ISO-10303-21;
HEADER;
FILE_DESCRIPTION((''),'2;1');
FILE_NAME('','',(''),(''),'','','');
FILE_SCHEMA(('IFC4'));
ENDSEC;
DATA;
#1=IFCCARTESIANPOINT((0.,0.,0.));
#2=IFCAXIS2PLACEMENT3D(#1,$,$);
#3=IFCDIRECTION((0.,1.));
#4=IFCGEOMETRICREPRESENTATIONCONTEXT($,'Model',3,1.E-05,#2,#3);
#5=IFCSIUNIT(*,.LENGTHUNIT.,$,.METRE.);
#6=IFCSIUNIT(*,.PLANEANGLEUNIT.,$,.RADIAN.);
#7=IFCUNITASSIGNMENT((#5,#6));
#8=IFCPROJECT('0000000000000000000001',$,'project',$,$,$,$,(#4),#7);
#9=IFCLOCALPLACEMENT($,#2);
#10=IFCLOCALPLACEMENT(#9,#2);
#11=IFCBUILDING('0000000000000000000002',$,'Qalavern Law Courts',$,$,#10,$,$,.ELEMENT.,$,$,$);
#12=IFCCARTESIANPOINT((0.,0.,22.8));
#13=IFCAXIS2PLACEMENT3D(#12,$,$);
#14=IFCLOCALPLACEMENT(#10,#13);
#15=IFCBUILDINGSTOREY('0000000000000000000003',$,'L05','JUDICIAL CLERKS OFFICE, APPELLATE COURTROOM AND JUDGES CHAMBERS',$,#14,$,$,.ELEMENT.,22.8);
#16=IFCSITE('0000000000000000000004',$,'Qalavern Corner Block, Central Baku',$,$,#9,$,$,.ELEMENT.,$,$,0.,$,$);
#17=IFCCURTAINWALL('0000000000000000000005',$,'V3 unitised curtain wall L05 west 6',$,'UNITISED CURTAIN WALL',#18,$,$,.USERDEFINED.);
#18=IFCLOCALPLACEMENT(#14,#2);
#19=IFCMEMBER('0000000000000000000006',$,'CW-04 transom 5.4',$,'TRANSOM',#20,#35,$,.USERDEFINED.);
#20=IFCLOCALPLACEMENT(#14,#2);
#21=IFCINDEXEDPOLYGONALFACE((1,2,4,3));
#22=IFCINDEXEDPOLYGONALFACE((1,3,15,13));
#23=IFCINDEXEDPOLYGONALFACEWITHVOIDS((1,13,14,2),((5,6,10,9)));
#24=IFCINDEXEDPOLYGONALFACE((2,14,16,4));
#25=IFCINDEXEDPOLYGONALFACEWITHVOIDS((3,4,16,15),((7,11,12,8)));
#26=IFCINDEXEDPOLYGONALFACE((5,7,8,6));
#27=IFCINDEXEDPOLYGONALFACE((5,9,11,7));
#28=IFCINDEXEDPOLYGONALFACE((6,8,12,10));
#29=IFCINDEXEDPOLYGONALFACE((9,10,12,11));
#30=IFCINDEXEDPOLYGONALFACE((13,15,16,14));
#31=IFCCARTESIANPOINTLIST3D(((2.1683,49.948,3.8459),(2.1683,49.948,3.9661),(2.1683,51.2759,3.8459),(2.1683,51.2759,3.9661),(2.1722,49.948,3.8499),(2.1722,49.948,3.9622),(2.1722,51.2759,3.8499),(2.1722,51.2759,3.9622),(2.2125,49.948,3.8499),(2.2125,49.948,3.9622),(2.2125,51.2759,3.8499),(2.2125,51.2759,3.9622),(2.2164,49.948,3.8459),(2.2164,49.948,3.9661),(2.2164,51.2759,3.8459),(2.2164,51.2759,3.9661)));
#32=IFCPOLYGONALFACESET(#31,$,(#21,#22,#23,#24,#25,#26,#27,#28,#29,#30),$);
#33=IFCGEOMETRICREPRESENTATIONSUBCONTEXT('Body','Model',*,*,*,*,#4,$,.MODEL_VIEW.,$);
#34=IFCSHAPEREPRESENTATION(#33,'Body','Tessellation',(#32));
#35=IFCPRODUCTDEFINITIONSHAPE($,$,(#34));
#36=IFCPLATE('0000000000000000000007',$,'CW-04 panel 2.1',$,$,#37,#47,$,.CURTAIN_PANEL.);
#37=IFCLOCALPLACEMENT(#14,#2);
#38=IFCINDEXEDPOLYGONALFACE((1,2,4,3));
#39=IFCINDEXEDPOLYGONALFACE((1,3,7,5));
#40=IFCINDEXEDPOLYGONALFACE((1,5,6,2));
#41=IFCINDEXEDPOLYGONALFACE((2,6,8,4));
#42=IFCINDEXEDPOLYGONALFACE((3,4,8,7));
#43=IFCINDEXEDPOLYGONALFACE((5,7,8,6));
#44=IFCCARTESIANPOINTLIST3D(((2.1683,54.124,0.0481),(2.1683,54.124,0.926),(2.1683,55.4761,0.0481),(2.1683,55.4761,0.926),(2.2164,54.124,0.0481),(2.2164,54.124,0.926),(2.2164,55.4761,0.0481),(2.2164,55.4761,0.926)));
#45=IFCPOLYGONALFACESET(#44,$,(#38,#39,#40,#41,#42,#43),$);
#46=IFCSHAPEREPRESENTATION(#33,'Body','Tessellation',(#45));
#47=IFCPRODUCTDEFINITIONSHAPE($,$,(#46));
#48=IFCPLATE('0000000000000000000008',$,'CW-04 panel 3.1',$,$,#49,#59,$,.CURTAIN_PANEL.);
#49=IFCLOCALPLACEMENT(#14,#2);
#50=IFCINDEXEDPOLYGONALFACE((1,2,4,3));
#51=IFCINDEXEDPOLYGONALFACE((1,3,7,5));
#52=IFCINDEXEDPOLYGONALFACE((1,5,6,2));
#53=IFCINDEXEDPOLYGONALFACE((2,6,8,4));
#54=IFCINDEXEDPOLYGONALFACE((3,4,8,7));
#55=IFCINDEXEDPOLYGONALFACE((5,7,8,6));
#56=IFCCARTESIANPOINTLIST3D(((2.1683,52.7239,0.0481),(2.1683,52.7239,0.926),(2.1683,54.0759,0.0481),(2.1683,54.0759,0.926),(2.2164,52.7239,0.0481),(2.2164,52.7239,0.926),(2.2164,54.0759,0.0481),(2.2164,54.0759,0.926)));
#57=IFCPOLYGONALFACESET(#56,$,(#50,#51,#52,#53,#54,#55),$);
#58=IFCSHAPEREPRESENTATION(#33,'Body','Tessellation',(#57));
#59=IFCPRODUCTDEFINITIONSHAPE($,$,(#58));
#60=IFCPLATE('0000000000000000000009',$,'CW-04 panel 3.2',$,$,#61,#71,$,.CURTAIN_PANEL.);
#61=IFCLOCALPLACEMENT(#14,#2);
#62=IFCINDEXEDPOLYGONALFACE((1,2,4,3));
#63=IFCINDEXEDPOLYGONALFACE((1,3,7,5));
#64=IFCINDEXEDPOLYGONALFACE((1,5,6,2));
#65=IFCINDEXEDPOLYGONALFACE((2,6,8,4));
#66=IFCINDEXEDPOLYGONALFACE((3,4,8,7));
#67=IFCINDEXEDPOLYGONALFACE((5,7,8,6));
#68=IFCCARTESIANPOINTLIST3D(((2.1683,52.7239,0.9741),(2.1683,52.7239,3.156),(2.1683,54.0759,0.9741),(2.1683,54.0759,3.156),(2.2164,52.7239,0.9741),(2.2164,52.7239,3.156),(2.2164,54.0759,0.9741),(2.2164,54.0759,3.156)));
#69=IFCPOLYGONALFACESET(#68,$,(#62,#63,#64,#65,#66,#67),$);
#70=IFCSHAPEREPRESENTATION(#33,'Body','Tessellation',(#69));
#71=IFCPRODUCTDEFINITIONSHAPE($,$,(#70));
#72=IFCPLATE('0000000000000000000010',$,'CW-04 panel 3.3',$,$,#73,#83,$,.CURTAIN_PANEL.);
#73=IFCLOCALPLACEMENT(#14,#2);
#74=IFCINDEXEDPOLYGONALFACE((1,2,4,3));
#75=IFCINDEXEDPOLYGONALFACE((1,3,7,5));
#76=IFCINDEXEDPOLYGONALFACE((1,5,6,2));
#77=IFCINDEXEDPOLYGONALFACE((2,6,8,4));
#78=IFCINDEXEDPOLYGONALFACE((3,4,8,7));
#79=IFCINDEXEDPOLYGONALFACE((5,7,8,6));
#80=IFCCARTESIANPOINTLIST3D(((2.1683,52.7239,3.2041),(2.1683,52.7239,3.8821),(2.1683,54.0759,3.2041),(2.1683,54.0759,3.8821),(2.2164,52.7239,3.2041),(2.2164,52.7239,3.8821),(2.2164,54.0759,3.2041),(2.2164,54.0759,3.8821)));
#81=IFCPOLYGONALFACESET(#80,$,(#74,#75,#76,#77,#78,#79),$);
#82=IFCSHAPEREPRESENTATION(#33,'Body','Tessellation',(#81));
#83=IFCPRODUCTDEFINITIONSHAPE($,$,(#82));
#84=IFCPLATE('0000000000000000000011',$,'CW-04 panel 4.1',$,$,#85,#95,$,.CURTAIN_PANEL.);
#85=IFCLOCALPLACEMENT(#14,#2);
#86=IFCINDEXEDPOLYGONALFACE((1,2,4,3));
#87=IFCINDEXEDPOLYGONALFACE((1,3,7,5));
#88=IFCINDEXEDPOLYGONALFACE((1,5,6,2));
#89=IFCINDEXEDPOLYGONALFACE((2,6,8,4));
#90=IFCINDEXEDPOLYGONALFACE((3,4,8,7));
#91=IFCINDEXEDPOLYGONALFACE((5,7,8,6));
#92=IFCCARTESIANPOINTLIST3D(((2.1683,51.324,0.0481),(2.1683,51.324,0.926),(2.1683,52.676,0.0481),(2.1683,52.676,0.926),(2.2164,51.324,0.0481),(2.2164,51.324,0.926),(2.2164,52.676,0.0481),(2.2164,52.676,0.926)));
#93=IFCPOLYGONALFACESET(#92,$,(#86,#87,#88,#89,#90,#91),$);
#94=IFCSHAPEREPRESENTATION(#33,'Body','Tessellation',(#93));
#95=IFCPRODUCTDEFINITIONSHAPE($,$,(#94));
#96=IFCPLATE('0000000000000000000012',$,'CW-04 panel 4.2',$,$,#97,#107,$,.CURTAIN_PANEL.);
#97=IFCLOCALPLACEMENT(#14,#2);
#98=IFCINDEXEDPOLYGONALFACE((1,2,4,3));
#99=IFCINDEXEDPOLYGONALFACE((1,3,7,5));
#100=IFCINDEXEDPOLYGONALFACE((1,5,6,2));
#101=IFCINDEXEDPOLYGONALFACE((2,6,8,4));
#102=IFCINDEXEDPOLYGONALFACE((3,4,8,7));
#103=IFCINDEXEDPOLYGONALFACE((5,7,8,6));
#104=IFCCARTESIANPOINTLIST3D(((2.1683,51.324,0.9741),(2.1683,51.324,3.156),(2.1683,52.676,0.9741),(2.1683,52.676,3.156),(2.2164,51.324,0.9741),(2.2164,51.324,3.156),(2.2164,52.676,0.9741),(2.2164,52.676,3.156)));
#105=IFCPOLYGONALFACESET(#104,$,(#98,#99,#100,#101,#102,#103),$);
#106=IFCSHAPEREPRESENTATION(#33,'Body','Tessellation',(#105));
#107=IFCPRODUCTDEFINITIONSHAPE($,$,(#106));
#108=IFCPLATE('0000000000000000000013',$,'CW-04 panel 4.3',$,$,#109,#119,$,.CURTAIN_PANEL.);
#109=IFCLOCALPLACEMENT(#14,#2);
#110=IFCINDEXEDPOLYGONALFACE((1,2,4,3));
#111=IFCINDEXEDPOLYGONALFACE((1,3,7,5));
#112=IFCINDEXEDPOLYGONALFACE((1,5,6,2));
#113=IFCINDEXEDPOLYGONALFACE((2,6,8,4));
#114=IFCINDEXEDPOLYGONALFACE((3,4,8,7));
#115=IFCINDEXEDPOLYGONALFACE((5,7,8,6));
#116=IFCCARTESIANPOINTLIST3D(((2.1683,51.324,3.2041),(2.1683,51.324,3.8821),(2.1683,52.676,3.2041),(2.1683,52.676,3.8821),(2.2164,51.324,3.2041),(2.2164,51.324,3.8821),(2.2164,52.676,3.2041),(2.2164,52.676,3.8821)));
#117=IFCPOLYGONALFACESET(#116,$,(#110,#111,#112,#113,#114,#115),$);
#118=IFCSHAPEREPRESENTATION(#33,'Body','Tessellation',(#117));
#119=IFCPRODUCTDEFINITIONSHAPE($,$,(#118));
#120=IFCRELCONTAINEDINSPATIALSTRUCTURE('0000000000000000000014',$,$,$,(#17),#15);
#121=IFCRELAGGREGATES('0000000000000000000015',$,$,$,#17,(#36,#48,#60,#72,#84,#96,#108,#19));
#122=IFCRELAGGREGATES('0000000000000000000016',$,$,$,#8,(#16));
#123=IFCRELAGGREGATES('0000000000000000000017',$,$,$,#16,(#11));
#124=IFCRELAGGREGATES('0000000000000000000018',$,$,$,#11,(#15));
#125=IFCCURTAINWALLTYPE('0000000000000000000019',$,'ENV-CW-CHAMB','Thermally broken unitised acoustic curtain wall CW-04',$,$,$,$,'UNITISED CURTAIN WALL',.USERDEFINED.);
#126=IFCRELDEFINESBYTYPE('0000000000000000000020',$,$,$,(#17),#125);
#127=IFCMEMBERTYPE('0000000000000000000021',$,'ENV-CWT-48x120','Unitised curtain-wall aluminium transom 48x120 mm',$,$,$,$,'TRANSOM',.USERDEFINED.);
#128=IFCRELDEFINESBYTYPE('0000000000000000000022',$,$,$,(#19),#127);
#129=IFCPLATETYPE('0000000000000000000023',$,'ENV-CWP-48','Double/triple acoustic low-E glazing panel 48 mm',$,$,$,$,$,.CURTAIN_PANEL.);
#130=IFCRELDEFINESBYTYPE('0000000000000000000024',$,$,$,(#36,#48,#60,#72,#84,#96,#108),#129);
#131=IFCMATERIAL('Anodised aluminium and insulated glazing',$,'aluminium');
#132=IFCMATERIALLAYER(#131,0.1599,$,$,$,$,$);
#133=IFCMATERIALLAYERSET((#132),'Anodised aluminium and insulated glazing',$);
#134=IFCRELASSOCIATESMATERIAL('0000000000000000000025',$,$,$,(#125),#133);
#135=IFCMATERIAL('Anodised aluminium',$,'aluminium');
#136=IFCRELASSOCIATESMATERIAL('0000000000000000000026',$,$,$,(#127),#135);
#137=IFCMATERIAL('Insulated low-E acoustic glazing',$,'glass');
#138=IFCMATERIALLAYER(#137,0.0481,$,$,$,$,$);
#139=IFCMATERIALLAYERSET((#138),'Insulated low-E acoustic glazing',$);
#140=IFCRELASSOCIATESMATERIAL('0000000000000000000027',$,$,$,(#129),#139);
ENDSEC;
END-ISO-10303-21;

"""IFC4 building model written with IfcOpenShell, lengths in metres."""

from ifc_helpers import new_model, si_unit, direction, frame, origin, origin_2d, place, context, subcontext, project, spatial, rectangle, hollow_rectangle, extrude, material, layer, layer_set, material_profile, profile_set, type_object, element, aggregate, save


model = new_model("IFC4")

# Units and contexts
model_context = context("Model", 3, precision=1e-05, world=origin(), true_north=direction((0.0, 1.0)))
body_context = subcontext(model_context, "Body", "Model", "MODEL_VIEW")
ifc_project = project(units=[si_unit("LENGTHUNIT", "METRE"), si_unit("PLANEANGLEUNIT", "RADIAN")], contexts=[model_context])

# Site, building, storey
site_placement = place(None, origin())
site = spatial("IfcSite", under=ifc_project, at=site_placement, Name="Qalavern Corner Block, Central Baku", CompositionType="ELEMENT", RefElevation=0.0)
building_placement = place(site_placement, origin())
building = spatial("IfcBuilding", under=site, at=building_placement, Name="Qalavern Law Courts", CompositionType="ELEMENT")
storey_placement = place(building_placement, frame((0.0, 0.0, 22.8)))
storey = spatial("IfcBuildingStorey", under=building, at=storey_placement, Name="L05", Description="JUDICIAL CLERKS OFFICE, APPELLATE COURTROOM AND JUDGES CHAMBERS", CompositionType="ELEMENT", Elevation=22.8)

# Curtain wall, member, plates
ifc_material_1 = material(Name="Anodised aluminium and insulated glazing", Category="aluminium")
ifc_layer_1 = layer(ifc_material_1, 0.1599)
ifc_layer_set_1 = layer_set([ifc_layer_1], Name="Anodised aluminium and insulated glazing")
curtain_wall_type = type_object("IfcCurtainWallType", Name="ENV-CW-CHAMB", Description="Thermally broken unitised acoustic curtain wall CW-04", ElementType="UNITISED CURTAIN WALL", PredefinedType="USERDEFINED", material=ifc_layer_set_1)
curtain_wall_placement = place(storey_placement, origin())
curtain_wall = element("IfcCurtainWall", 1, at=curtain_wall_placement, inside=storey, type_object=curtain_wall_type, Name="V3 unitised curtain wall L05 west 6", ObjectType="UNITISED CURTAIN WALL", PredefinedType="USERDEFINED")
ifc_material_2 = material(Name="Anodised aluminium", Category="aluminium")
ifc_material_profile_1 = material_profile(ifc_material_2, hollow_rectangle(XDim=0.0481, YDim=0.1201, WallThickness=0.0039, at=origin_2d()), Name="ALU TRANSOM 48x120")
ifc_profile_set_1 = profile_set([ifc_material_profile_1], Name="Anodised aluminium")
member_type_1 = type_object("IfcMemberType", Name="ENV-CWT-48x120", Description="Unitised curtain-wall aluminium transom 48x120 mm", ElementType="TRANSOM", PredefinedType="USERDEFINED", material=ifc_profile_set_1)
member_1_placement = place(storey_placement, frame((2.1924, 51.2759, 3.906), z_axis=(0.0, -1.0, 0.0), x_axis=(1.0, 0.0, 0.0)))
member_1 = element("IfcMember", 2, at=member_1_placement, type_object=member_type_1, Name="CW-04 transom 5.4", ObjectType="TRANSOM", PredefinedType="USERDEFINED", context=body_context, shape_type="SweptSolid", body=[
    extrude(hollow_rectangle(XDim=0.0481, YDim=0.1201, WallThickness=0.0039, at=origin_2d()), origin(), (0.0, 0.0, 1.0), 1.3279),
])
ifc_material_3 = material(Name="Insulated low-E acoustic glazing", Category="glass")
ifc_layer_2 = layer(ifc_material_3, 0.0481)
ifc_layer_set_2 = layer_set([ifc_layer_2], Name="Insulated low-E acoustic glazing")
plate_type = type_object("IfcPlateType", Name="ENV-CWP-48", Description="Double/triple acoustic low-E glazing panel 48 mm", PredefinedType="CURTAIN_PANEL", material=ifc_layer_set_2)
plate_1_placement = place(storey_placement, frame((2.1924, 54.8, 0.0481), z_axis=(0.0, 0.0, 1.0), x_axis=(0.0, -1.0, 0.0)))
plate_1 = element("IfcPlate", 3, at=plate_1_placement, type_object=plate_type, Name="CW-04 panel 2.1", PredefinedType="CURTAIN_PANEL", context=body_context, shape_type="SweptSolid", body=[
    extrude(rectangle(XDim=1.3521, YDim=0.0481, at=origin_2d()), origin(), (0.0, 0.0, 1.0), 0.8779),
])
plate_2_placement = place(storey_placement, frame((2.1924, 53.3999, 0.0481), z_axis=(0.0, 0.0, 1.0), x_axis=(0.0, -1.0, 0.0)))
plate_2 = element("IfcPlate", 4, at=plate_2_placement, type_object=plate_type, Name="CW-04 panel 3.1", PredefinedType="CURTAIN_PANEL", context=body_context, shape_type="SweptSolid", body=[
    extrude(rectangle(XDim=1.3521, YDim=0.0481, at=origin_2d()), origin(), (0.0, 0.0, 1.0), 0.8779),
])
plate_3_placement = place(storey_placement, frame((2.1924, 53.3999, 0.9741), z_axis=(0.0, 0.0, 1.0), x_axis=(0.0, -1.0, 0.0)))
plate_3 = element("IfcPlate", 5, at=plate_3_placement, type_object=plate_type, Name="CW-04 panel 3.2", PredefinedType="CURTAIN_PANEL", context=body_context, shape_type="SweptSolid", body=[
    extrude(rectangle(XDim=1.3521, YDim=0.0481, at=origin_2d()), origin(), (0.0, 0.0, 1.0), 2.1819),
])
plate_4_placement = place(storey_placement, frame((2.1924, 53.3999, 3.2041), z_axis=(0.0, 0.0, 1.0), x_axis=(0.0, -1.0, 0.0)))
plate_4 = element("IfcPlate", 6, at=plate_4_placement, type_object=plate_type, Name="CW-04 panel 3.3", PredefinedType="CURTAIN_PANEL", context=body_context, shape_type="SweptSolid", body=[
    extrude(rectangle(XDim=1.3521, YDim=0.0481, at=origin_2d()), origin(), (0.0, 0.0, 1.0), 0.678),
])
plate_5_placement = place(storey_placement, frame((2.1924, 52.0, 0.0481), z_axis=(0.0, 0.0, 1.0), x_axis=(0.0, -1.0, 0.0)))
plate_5 = element("IfcPlate", 7, at=plate_5_placement, type_object=plate_type, Name="CW-04 panel 4.1", PredefinedType="CURTAIN_PANEL", context=body_context, shape_type="SweptSolid", body=[
    extrude(rectangle(XDim=1.3521, YDim=0.0481, at=origin_2d()), origin(), (0.0, 0.0, 1.0), 0.8779),
])
plate_6_placement = place(storey_placement, frame((2.1924, 52.0, 0.9741), z_axis=(0.0, 0.0, 1.0), x_axis=(0.0, -1.0, 0.0)))
plate_6 = element("IfcPlate", 8, at=plate_6_placement, type_object=plate_type, Name="CW-04 panel 4.2", PredefinedType="CURTAIN_PANEL", context=body_context, shape_type="SweptSolid", body=[
    extrude(rectangle(XDim=1.3521, YDim=0.0481, at=origin_2d()), origin(), (0.0, 0.0, 1.0), 2.1819),
])
plate_7_placement = place(storey_placement, frame((2.1924, 52.0, 3.2041), z_axis=(0.0, 0.0, 1.0), x_axis=(0.0, -1.0, 0.0)))
plate_7 = element("IfcPlate", 9, at=plate_7_placement, type_object=plate_type, Name="CW-04 panel 4.3", PredefinedType="CURTAIN_PANEL", context=body_context, shape_type="SweptSolid", body=[
    extrude(rectangle(XDim=1.3521, YDim=0.0481, at=origin_2d()), origin(), (0.0, 0.0, 1.0), 0.678),
])
aggregate(curtain_wall, [plate_1, plate_2, plate_3, plate_4, plate_5, plate_6, plate_7, member_1])

save(model, "model.ifc")
